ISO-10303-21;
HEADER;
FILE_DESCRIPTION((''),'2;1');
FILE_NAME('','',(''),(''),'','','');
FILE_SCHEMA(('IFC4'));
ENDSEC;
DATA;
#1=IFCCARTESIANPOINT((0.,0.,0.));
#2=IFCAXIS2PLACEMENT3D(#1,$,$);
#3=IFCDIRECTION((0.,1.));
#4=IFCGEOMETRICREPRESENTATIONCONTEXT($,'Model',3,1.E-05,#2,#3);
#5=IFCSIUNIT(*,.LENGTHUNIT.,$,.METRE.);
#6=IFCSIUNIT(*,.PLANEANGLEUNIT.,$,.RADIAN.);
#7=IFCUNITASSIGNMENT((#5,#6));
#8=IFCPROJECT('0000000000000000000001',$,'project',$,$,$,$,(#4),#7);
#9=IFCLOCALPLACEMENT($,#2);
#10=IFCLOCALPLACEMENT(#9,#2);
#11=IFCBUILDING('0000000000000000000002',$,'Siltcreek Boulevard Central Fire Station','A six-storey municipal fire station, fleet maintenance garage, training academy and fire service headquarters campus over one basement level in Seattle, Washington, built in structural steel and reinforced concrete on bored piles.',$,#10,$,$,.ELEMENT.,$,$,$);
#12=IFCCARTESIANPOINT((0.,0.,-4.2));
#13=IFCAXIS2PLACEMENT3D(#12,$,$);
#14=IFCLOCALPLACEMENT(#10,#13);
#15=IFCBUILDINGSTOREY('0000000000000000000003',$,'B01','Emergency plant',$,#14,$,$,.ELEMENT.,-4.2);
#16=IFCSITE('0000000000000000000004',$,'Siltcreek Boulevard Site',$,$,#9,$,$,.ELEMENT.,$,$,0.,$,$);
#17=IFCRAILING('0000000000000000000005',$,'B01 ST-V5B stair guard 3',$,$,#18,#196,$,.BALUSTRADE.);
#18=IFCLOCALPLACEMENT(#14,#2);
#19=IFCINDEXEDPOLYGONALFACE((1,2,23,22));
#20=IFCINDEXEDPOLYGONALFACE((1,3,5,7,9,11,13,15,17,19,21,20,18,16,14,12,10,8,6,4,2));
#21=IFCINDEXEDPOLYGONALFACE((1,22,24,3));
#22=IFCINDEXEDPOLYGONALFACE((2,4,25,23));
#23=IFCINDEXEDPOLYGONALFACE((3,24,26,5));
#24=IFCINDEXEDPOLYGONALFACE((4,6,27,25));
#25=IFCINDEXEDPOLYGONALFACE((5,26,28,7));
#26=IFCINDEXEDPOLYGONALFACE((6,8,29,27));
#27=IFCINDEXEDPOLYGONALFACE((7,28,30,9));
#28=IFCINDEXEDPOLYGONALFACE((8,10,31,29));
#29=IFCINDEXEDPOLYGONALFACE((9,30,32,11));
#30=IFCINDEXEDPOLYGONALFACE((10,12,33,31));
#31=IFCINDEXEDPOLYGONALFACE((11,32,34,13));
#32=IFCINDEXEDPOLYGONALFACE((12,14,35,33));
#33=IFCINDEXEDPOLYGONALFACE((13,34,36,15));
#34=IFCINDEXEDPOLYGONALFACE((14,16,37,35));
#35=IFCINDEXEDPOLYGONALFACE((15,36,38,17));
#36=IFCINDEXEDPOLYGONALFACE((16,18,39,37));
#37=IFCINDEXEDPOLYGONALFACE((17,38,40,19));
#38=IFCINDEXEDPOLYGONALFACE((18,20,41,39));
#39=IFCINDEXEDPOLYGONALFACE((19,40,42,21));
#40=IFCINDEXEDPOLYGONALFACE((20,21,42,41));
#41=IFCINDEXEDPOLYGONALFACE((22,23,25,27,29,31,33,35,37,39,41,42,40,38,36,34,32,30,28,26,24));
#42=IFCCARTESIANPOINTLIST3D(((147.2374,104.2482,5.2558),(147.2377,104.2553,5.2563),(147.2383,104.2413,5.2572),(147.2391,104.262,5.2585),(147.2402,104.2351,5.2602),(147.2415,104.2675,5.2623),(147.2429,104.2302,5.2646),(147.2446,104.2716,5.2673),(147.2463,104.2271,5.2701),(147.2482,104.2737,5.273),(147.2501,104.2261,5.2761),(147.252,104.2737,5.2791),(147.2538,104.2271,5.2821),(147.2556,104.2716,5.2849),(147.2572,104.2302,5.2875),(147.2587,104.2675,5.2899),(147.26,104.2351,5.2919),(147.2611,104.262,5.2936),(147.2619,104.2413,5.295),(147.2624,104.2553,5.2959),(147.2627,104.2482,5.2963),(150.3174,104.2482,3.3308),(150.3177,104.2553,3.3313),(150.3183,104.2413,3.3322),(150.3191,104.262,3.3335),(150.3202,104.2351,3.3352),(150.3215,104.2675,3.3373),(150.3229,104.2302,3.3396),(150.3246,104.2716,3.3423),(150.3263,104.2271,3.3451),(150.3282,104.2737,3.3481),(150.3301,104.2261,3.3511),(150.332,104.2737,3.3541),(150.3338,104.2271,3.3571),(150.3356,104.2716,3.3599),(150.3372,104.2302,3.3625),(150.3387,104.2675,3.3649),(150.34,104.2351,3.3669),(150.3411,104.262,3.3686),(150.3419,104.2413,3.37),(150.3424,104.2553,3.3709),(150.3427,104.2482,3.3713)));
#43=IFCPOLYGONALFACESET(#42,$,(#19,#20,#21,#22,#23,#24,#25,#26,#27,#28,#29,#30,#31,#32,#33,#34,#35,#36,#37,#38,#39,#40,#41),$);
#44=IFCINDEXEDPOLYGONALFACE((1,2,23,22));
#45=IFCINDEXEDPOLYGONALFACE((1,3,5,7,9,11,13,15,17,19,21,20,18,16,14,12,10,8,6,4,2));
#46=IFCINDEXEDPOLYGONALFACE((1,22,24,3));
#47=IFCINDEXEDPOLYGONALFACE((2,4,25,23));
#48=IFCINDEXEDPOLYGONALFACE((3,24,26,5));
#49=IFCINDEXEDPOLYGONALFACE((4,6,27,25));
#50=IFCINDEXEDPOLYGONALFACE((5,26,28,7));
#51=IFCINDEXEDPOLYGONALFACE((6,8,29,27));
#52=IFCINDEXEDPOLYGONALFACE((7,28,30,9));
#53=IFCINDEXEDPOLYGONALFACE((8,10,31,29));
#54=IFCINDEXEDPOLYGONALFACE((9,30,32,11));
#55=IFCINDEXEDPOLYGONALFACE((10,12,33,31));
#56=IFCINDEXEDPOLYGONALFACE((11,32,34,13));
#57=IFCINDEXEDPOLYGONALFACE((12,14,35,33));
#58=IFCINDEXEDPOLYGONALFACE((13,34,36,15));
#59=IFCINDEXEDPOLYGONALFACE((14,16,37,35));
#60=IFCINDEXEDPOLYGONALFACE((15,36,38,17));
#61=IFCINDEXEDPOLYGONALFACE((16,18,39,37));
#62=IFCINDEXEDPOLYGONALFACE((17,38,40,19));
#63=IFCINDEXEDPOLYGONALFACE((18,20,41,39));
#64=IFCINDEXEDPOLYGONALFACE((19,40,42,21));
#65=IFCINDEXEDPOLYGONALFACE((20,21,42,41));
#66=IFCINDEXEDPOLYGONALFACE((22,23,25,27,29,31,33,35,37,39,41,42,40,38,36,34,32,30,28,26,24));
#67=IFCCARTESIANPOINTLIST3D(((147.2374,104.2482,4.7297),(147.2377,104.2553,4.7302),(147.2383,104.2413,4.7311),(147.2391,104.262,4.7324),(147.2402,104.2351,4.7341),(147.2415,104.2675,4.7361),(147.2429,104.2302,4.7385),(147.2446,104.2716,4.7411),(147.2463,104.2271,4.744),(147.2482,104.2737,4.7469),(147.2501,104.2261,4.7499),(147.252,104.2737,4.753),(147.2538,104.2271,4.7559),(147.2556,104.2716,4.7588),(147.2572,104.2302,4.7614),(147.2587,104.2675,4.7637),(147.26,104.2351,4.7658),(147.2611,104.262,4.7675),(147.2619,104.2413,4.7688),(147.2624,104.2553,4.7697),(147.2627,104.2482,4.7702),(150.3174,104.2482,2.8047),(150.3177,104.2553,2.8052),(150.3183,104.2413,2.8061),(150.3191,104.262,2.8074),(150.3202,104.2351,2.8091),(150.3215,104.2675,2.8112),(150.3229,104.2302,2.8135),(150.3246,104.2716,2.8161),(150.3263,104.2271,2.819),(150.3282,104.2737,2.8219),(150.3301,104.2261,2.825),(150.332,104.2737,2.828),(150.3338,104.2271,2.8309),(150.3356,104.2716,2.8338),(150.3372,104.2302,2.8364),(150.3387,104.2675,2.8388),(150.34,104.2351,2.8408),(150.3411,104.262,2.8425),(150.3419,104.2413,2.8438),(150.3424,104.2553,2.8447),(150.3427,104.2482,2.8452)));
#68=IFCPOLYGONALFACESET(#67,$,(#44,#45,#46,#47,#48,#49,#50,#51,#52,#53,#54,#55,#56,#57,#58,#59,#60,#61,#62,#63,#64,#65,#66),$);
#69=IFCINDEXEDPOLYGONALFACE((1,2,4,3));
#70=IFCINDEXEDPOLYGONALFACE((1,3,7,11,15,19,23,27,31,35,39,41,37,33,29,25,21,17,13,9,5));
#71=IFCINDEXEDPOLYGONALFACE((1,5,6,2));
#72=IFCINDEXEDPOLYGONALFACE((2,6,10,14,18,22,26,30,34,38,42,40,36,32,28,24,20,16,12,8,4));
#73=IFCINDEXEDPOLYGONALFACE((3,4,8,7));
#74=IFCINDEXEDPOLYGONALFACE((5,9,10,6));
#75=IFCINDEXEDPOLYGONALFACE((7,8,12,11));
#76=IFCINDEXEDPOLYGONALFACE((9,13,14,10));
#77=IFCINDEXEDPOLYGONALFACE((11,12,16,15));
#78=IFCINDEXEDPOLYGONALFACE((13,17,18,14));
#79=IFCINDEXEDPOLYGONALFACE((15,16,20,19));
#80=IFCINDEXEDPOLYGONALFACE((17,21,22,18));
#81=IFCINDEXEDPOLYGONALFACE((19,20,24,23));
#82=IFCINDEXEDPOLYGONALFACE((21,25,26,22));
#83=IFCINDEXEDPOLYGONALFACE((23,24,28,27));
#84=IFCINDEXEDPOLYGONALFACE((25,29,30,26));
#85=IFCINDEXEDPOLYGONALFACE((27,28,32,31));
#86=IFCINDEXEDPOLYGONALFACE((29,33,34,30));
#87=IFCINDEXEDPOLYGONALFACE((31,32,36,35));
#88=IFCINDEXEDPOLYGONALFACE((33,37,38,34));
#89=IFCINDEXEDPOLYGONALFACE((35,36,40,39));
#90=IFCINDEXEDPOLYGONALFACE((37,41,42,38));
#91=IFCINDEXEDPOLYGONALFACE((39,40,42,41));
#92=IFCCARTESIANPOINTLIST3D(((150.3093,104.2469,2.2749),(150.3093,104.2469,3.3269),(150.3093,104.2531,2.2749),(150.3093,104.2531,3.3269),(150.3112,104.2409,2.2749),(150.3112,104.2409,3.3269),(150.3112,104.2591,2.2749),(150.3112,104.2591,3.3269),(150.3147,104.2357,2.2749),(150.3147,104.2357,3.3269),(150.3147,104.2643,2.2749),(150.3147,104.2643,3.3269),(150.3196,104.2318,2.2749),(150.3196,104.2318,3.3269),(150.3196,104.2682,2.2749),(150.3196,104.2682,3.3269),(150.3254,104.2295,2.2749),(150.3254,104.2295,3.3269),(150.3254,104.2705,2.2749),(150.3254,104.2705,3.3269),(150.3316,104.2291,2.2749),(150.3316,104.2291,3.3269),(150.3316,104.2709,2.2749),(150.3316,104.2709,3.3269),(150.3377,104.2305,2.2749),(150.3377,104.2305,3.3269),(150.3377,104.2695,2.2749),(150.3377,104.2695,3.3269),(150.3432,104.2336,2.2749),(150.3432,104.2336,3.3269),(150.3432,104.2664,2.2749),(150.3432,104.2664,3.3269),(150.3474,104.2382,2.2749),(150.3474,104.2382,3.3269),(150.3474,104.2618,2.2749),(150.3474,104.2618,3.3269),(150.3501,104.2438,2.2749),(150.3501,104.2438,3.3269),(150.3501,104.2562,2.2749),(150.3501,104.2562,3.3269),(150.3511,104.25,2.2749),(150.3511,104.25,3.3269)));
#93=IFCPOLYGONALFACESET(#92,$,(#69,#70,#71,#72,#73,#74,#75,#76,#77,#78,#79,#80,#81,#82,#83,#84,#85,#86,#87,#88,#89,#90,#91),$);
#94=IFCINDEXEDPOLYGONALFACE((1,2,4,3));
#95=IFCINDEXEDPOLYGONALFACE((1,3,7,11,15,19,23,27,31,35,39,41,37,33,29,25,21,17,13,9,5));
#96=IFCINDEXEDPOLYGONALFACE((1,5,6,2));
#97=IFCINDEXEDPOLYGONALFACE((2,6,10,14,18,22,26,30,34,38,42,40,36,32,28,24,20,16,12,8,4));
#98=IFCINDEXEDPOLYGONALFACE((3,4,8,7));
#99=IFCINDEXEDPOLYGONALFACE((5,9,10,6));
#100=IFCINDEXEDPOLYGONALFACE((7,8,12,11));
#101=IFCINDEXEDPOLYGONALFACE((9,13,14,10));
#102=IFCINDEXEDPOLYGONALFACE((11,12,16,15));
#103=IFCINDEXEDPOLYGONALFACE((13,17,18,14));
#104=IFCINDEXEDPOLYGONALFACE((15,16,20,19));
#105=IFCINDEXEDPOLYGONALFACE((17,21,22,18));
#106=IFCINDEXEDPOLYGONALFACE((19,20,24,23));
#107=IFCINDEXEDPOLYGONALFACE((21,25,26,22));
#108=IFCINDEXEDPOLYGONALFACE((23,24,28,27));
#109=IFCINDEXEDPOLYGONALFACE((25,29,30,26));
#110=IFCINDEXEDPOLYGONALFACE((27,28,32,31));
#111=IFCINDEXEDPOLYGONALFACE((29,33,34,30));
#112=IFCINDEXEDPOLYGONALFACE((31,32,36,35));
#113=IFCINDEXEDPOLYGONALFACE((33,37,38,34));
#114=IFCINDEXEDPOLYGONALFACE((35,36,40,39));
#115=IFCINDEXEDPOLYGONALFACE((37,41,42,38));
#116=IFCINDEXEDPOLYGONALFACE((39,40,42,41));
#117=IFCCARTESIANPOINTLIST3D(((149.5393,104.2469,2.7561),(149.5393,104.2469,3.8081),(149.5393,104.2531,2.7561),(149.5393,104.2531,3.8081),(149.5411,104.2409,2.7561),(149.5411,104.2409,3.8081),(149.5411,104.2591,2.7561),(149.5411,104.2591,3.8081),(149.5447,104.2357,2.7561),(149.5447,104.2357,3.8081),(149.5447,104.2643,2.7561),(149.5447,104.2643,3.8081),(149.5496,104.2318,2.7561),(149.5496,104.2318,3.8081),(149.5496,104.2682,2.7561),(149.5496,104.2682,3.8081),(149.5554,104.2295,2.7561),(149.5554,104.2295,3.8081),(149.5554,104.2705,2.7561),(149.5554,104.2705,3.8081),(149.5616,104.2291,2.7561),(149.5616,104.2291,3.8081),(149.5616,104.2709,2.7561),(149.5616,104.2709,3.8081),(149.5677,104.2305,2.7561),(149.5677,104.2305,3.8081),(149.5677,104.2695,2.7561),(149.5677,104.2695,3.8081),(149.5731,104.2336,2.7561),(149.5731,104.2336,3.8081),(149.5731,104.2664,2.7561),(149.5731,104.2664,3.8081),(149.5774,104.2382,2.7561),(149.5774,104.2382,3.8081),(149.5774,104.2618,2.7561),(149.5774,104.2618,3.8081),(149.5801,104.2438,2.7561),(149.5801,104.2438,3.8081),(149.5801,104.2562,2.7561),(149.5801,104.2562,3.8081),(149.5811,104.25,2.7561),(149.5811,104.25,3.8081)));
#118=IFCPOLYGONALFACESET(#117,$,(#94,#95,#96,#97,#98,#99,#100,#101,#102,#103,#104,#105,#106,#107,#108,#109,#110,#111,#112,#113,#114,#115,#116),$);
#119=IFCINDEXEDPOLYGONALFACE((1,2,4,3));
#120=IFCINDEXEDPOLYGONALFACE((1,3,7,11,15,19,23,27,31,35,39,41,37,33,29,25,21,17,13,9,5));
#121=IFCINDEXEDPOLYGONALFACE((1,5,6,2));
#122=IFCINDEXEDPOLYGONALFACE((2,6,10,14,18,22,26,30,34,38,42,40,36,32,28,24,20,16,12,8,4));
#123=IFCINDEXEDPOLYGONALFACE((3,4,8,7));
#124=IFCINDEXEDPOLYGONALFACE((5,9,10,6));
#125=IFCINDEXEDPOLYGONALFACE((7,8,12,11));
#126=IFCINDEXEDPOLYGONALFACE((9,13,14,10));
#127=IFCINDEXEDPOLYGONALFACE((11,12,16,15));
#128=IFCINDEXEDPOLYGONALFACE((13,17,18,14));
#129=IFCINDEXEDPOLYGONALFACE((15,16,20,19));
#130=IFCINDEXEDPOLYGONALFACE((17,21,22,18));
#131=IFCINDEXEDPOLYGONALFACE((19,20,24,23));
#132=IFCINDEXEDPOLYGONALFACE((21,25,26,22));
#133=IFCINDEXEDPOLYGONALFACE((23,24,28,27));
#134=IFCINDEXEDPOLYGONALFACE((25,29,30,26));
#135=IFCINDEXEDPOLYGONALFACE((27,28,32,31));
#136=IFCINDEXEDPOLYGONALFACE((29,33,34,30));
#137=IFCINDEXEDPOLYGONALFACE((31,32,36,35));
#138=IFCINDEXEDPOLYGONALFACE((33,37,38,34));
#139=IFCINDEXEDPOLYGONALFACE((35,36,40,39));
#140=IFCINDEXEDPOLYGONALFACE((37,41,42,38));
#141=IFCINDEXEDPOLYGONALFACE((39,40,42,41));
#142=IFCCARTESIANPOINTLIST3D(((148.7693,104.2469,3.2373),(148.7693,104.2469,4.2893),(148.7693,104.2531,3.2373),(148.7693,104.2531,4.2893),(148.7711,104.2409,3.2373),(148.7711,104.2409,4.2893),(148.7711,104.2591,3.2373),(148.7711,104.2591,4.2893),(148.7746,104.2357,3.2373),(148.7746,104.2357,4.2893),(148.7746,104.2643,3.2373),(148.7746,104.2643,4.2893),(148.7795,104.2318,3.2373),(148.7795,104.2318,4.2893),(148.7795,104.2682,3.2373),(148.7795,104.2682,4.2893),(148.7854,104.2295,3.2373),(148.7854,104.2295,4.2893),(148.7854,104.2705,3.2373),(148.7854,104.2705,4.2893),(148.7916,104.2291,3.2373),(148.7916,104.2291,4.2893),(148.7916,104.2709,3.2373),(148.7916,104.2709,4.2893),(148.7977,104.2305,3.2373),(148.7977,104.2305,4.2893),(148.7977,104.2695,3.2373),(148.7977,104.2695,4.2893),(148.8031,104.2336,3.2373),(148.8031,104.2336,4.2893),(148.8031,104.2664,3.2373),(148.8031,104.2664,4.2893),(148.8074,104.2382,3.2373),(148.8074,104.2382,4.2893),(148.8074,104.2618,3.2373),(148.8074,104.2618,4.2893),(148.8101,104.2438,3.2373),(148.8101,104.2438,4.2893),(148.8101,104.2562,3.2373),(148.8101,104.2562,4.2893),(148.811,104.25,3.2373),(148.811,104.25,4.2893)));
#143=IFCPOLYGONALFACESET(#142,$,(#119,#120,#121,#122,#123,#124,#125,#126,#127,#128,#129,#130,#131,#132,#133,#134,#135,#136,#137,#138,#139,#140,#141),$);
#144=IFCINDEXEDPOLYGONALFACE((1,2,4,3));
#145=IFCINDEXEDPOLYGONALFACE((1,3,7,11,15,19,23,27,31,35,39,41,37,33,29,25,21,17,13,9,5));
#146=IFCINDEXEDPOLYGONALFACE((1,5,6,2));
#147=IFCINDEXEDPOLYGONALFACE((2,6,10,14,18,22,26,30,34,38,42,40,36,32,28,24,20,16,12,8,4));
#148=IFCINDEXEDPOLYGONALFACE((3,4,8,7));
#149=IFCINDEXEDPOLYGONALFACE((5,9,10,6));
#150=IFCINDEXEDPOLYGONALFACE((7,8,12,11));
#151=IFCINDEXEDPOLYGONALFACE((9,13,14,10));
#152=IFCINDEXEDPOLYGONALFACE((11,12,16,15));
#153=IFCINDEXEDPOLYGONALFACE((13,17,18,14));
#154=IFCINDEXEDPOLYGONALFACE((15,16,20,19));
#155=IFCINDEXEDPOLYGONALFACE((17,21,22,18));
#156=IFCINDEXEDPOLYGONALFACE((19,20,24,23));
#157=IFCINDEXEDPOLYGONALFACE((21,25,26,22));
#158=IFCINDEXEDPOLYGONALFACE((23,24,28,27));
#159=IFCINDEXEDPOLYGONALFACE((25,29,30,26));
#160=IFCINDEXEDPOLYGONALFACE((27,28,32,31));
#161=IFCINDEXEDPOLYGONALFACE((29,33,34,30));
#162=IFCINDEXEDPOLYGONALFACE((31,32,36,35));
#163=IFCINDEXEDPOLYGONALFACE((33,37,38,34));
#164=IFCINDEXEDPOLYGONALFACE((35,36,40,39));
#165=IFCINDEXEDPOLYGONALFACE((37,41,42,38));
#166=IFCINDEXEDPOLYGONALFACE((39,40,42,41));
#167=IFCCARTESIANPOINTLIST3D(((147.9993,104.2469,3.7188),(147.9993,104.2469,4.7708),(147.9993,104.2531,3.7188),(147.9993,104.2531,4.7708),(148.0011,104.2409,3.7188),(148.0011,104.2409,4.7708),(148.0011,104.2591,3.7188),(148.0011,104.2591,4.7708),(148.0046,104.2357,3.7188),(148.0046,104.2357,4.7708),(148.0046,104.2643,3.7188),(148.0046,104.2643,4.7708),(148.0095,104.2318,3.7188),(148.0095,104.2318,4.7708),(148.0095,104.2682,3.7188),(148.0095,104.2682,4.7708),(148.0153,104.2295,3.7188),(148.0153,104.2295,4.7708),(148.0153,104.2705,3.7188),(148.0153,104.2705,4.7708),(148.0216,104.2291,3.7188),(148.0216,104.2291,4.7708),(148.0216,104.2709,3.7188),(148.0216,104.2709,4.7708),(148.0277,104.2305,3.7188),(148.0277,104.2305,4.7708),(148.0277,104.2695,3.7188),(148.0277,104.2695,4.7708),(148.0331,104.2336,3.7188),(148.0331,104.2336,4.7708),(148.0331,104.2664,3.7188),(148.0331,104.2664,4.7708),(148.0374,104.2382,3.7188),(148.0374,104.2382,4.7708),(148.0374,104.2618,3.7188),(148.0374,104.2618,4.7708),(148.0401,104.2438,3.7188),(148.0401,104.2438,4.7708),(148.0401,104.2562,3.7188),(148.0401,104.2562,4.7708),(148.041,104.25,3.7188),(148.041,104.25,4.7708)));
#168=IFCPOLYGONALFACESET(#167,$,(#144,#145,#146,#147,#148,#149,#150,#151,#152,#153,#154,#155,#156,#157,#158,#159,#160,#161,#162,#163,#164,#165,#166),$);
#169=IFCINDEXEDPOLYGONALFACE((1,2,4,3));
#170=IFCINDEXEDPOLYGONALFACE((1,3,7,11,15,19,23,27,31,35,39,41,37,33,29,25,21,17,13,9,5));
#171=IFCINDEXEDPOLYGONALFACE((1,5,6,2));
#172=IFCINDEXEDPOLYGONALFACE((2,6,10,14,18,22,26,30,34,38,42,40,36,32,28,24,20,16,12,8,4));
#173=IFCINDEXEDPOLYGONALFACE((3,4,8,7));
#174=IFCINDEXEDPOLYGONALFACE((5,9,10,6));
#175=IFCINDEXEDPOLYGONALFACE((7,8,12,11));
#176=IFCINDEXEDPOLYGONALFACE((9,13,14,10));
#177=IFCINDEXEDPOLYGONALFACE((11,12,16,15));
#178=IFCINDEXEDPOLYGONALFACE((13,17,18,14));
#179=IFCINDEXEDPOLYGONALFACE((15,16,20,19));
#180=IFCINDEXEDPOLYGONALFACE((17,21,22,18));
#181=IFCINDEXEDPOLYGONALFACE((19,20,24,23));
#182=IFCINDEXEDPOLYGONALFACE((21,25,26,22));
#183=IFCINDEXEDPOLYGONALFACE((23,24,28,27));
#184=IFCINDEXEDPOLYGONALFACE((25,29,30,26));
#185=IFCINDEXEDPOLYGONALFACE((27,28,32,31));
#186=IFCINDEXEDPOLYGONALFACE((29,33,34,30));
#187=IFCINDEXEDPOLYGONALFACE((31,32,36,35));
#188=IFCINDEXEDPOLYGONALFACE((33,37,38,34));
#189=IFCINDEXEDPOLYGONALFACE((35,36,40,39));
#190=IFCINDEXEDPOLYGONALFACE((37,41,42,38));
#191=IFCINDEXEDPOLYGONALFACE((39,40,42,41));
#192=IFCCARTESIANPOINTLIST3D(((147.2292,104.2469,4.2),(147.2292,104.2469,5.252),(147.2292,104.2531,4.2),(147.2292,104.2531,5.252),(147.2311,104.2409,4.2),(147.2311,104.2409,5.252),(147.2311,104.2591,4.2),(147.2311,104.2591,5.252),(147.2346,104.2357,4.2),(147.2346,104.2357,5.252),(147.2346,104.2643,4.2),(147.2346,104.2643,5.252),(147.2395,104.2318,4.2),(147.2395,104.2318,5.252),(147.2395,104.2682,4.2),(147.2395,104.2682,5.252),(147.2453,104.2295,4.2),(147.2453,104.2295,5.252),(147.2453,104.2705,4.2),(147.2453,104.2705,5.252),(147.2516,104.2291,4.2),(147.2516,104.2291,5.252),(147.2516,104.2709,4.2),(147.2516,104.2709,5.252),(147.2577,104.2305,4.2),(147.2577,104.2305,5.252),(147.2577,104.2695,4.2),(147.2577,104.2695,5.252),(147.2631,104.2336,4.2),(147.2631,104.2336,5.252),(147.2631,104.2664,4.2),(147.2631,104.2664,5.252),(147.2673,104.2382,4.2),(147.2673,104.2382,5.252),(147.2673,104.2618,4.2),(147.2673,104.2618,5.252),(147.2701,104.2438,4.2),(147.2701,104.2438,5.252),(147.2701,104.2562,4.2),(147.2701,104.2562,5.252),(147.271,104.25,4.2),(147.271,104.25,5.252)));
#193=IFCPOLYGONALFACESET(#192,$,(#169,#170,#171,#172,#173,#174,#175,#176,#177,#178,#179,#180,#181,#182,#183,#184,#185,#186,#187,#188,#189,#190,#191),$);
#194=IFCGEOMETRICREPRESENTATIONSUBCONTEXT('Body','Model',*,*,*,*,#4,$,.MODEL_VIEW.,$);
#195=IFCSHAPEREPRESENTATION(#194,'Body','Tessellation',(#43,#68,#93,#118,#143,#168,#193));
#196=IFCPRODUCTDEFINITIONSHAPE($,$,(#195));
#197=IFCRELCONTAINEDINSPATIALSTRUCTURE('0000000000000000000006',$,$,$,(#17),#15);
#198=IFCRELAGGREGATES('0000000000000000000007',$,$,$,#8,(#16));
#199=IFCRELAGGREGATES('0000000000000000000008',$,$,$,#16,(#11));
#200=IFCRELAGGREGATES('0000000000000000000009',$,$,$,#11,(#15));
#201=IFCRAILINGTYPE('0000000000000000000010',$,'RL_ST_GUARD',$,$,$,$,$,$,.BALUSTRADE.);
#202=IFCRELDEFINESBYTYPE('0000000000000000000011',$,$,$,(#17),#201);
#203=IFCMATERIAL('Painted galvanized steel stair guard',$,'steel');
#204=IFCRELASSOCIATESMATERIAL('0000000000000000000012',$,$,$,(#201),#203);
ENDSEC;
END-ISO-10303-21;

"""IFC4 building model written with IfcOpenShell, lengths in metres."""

from ifc_helpers import new_model, si_unit, direction, frame, origin, origin_2d, place, context, subcontext, project, spatial, circle, extrude, material, type_object, element, save


model = new_model("IFC4")

# Units and contexts
model_context = context("Model", 3, precision=1e-05, world=origin(), true_north=direction((0.0, 1.0)))
body_context = subcontext(model_context, "Body", "Model", "MODEL_VIEW")
ifc_project = project(units=[si_unit("LENGTHUNIT", "METRE"), si_unit("PLANEANGLEUNIT", "RADIAN")], contexts=[model_context])

# Site, building, storey
site_placement = place(None, origin())
site = spatial("IfcSite", under=ifc_project, at=site_placement, Name="Siltcreek Boulevard Site", CompositionType="ELEMENT", RefElevation=0.0)
building_placement = place(site_placement, origin())
building = spatial("IfcBuilding", under=site, at=building_placement, Name="Siltcreek Boulevard Central Fire Station", Description="A six-storey municipal fire station, fleet maintenance garage, training academy and fire service headquarters campus over one basement level in Seattle, Washington, built in structural steel and reinforced concrete on bored piles.", CompositionType="ELEMENT")
storey_placement = place(building_placement, frame((0.0, 0.0, -4.2)))
storey = spatial("IfcBuildingStorey", under=building, at=storey_placement, Name="B01", Description="Emergency plant", CompositionType="ELEMENT", Elevation=-4.2)

# Railing
ifc_material_1 = material(Name="Painted galvanized steel stair guard", Category="steel")
railing_type_1 = type_object("IfcRailingType", Name="RL_ST_GUARD", PredefinedType="BALUSTRADE", material=ifc_material_1)
railing_1_placement = place(storey_placement, frame((150.3301, 104.25, 2.2749)))
element("IfcRailing", 1, at=railing_1_placement, inside=storey, type_object=railing_type_1, Name="B01 ST-V5B stair guard 3", PredefinedType="BALUSTRADE", context=body_context, shape_type="SweptSolid", body=[
    extrude(circle(Radius=0.0239, at=origin_2d()), frame((0.0, 0.0, 1.0762), z_axis=(-0.847998, 0.0, 0.529999), x_axis=(0.0, -1.0, 0.0)), (0.0, 0.0, 1.0), 3.6321),
    extrude(circle(Radius=0.0239, at=origin_2d()), frame((0.0, 0.0, 0.55), z_axis=(-0.847998, 0.0, 0.529999), x_axis=(0.0, -1.0, 0.0)), (0.0, 0.0, 1.0), 3.6321),
    extrude(circle(Radius=0.021, at=origin_2d()), origin(), (0.0, 0.0, 1.0), 1.052),
    extrude(circle(Radius=0.021, at=origin_2d()), frame((-0.77, 0.0, 0.4812)), (0.0, 0.0, 1.0), 1.052),
    extrude(circle(Radius=0.021, at=origin_2d()), frame((-1.54, 0.0, 0.9624)), (0.0, 0.0, 1.0), 1.052),
    extrude(circle(Radius=0.021, at=origin_2d()), frame((-2.3101, 0.0, 1.4438)), (0.0, 0.0, 1.0), 1.052),
    extrude(circle(Radius=0.021, at=origin_2d()), frame((-3.0801, 0.0, 1.925)), (0.0, 0.0, 1.0), 1.052),
])

save(model, "model.ifc")
